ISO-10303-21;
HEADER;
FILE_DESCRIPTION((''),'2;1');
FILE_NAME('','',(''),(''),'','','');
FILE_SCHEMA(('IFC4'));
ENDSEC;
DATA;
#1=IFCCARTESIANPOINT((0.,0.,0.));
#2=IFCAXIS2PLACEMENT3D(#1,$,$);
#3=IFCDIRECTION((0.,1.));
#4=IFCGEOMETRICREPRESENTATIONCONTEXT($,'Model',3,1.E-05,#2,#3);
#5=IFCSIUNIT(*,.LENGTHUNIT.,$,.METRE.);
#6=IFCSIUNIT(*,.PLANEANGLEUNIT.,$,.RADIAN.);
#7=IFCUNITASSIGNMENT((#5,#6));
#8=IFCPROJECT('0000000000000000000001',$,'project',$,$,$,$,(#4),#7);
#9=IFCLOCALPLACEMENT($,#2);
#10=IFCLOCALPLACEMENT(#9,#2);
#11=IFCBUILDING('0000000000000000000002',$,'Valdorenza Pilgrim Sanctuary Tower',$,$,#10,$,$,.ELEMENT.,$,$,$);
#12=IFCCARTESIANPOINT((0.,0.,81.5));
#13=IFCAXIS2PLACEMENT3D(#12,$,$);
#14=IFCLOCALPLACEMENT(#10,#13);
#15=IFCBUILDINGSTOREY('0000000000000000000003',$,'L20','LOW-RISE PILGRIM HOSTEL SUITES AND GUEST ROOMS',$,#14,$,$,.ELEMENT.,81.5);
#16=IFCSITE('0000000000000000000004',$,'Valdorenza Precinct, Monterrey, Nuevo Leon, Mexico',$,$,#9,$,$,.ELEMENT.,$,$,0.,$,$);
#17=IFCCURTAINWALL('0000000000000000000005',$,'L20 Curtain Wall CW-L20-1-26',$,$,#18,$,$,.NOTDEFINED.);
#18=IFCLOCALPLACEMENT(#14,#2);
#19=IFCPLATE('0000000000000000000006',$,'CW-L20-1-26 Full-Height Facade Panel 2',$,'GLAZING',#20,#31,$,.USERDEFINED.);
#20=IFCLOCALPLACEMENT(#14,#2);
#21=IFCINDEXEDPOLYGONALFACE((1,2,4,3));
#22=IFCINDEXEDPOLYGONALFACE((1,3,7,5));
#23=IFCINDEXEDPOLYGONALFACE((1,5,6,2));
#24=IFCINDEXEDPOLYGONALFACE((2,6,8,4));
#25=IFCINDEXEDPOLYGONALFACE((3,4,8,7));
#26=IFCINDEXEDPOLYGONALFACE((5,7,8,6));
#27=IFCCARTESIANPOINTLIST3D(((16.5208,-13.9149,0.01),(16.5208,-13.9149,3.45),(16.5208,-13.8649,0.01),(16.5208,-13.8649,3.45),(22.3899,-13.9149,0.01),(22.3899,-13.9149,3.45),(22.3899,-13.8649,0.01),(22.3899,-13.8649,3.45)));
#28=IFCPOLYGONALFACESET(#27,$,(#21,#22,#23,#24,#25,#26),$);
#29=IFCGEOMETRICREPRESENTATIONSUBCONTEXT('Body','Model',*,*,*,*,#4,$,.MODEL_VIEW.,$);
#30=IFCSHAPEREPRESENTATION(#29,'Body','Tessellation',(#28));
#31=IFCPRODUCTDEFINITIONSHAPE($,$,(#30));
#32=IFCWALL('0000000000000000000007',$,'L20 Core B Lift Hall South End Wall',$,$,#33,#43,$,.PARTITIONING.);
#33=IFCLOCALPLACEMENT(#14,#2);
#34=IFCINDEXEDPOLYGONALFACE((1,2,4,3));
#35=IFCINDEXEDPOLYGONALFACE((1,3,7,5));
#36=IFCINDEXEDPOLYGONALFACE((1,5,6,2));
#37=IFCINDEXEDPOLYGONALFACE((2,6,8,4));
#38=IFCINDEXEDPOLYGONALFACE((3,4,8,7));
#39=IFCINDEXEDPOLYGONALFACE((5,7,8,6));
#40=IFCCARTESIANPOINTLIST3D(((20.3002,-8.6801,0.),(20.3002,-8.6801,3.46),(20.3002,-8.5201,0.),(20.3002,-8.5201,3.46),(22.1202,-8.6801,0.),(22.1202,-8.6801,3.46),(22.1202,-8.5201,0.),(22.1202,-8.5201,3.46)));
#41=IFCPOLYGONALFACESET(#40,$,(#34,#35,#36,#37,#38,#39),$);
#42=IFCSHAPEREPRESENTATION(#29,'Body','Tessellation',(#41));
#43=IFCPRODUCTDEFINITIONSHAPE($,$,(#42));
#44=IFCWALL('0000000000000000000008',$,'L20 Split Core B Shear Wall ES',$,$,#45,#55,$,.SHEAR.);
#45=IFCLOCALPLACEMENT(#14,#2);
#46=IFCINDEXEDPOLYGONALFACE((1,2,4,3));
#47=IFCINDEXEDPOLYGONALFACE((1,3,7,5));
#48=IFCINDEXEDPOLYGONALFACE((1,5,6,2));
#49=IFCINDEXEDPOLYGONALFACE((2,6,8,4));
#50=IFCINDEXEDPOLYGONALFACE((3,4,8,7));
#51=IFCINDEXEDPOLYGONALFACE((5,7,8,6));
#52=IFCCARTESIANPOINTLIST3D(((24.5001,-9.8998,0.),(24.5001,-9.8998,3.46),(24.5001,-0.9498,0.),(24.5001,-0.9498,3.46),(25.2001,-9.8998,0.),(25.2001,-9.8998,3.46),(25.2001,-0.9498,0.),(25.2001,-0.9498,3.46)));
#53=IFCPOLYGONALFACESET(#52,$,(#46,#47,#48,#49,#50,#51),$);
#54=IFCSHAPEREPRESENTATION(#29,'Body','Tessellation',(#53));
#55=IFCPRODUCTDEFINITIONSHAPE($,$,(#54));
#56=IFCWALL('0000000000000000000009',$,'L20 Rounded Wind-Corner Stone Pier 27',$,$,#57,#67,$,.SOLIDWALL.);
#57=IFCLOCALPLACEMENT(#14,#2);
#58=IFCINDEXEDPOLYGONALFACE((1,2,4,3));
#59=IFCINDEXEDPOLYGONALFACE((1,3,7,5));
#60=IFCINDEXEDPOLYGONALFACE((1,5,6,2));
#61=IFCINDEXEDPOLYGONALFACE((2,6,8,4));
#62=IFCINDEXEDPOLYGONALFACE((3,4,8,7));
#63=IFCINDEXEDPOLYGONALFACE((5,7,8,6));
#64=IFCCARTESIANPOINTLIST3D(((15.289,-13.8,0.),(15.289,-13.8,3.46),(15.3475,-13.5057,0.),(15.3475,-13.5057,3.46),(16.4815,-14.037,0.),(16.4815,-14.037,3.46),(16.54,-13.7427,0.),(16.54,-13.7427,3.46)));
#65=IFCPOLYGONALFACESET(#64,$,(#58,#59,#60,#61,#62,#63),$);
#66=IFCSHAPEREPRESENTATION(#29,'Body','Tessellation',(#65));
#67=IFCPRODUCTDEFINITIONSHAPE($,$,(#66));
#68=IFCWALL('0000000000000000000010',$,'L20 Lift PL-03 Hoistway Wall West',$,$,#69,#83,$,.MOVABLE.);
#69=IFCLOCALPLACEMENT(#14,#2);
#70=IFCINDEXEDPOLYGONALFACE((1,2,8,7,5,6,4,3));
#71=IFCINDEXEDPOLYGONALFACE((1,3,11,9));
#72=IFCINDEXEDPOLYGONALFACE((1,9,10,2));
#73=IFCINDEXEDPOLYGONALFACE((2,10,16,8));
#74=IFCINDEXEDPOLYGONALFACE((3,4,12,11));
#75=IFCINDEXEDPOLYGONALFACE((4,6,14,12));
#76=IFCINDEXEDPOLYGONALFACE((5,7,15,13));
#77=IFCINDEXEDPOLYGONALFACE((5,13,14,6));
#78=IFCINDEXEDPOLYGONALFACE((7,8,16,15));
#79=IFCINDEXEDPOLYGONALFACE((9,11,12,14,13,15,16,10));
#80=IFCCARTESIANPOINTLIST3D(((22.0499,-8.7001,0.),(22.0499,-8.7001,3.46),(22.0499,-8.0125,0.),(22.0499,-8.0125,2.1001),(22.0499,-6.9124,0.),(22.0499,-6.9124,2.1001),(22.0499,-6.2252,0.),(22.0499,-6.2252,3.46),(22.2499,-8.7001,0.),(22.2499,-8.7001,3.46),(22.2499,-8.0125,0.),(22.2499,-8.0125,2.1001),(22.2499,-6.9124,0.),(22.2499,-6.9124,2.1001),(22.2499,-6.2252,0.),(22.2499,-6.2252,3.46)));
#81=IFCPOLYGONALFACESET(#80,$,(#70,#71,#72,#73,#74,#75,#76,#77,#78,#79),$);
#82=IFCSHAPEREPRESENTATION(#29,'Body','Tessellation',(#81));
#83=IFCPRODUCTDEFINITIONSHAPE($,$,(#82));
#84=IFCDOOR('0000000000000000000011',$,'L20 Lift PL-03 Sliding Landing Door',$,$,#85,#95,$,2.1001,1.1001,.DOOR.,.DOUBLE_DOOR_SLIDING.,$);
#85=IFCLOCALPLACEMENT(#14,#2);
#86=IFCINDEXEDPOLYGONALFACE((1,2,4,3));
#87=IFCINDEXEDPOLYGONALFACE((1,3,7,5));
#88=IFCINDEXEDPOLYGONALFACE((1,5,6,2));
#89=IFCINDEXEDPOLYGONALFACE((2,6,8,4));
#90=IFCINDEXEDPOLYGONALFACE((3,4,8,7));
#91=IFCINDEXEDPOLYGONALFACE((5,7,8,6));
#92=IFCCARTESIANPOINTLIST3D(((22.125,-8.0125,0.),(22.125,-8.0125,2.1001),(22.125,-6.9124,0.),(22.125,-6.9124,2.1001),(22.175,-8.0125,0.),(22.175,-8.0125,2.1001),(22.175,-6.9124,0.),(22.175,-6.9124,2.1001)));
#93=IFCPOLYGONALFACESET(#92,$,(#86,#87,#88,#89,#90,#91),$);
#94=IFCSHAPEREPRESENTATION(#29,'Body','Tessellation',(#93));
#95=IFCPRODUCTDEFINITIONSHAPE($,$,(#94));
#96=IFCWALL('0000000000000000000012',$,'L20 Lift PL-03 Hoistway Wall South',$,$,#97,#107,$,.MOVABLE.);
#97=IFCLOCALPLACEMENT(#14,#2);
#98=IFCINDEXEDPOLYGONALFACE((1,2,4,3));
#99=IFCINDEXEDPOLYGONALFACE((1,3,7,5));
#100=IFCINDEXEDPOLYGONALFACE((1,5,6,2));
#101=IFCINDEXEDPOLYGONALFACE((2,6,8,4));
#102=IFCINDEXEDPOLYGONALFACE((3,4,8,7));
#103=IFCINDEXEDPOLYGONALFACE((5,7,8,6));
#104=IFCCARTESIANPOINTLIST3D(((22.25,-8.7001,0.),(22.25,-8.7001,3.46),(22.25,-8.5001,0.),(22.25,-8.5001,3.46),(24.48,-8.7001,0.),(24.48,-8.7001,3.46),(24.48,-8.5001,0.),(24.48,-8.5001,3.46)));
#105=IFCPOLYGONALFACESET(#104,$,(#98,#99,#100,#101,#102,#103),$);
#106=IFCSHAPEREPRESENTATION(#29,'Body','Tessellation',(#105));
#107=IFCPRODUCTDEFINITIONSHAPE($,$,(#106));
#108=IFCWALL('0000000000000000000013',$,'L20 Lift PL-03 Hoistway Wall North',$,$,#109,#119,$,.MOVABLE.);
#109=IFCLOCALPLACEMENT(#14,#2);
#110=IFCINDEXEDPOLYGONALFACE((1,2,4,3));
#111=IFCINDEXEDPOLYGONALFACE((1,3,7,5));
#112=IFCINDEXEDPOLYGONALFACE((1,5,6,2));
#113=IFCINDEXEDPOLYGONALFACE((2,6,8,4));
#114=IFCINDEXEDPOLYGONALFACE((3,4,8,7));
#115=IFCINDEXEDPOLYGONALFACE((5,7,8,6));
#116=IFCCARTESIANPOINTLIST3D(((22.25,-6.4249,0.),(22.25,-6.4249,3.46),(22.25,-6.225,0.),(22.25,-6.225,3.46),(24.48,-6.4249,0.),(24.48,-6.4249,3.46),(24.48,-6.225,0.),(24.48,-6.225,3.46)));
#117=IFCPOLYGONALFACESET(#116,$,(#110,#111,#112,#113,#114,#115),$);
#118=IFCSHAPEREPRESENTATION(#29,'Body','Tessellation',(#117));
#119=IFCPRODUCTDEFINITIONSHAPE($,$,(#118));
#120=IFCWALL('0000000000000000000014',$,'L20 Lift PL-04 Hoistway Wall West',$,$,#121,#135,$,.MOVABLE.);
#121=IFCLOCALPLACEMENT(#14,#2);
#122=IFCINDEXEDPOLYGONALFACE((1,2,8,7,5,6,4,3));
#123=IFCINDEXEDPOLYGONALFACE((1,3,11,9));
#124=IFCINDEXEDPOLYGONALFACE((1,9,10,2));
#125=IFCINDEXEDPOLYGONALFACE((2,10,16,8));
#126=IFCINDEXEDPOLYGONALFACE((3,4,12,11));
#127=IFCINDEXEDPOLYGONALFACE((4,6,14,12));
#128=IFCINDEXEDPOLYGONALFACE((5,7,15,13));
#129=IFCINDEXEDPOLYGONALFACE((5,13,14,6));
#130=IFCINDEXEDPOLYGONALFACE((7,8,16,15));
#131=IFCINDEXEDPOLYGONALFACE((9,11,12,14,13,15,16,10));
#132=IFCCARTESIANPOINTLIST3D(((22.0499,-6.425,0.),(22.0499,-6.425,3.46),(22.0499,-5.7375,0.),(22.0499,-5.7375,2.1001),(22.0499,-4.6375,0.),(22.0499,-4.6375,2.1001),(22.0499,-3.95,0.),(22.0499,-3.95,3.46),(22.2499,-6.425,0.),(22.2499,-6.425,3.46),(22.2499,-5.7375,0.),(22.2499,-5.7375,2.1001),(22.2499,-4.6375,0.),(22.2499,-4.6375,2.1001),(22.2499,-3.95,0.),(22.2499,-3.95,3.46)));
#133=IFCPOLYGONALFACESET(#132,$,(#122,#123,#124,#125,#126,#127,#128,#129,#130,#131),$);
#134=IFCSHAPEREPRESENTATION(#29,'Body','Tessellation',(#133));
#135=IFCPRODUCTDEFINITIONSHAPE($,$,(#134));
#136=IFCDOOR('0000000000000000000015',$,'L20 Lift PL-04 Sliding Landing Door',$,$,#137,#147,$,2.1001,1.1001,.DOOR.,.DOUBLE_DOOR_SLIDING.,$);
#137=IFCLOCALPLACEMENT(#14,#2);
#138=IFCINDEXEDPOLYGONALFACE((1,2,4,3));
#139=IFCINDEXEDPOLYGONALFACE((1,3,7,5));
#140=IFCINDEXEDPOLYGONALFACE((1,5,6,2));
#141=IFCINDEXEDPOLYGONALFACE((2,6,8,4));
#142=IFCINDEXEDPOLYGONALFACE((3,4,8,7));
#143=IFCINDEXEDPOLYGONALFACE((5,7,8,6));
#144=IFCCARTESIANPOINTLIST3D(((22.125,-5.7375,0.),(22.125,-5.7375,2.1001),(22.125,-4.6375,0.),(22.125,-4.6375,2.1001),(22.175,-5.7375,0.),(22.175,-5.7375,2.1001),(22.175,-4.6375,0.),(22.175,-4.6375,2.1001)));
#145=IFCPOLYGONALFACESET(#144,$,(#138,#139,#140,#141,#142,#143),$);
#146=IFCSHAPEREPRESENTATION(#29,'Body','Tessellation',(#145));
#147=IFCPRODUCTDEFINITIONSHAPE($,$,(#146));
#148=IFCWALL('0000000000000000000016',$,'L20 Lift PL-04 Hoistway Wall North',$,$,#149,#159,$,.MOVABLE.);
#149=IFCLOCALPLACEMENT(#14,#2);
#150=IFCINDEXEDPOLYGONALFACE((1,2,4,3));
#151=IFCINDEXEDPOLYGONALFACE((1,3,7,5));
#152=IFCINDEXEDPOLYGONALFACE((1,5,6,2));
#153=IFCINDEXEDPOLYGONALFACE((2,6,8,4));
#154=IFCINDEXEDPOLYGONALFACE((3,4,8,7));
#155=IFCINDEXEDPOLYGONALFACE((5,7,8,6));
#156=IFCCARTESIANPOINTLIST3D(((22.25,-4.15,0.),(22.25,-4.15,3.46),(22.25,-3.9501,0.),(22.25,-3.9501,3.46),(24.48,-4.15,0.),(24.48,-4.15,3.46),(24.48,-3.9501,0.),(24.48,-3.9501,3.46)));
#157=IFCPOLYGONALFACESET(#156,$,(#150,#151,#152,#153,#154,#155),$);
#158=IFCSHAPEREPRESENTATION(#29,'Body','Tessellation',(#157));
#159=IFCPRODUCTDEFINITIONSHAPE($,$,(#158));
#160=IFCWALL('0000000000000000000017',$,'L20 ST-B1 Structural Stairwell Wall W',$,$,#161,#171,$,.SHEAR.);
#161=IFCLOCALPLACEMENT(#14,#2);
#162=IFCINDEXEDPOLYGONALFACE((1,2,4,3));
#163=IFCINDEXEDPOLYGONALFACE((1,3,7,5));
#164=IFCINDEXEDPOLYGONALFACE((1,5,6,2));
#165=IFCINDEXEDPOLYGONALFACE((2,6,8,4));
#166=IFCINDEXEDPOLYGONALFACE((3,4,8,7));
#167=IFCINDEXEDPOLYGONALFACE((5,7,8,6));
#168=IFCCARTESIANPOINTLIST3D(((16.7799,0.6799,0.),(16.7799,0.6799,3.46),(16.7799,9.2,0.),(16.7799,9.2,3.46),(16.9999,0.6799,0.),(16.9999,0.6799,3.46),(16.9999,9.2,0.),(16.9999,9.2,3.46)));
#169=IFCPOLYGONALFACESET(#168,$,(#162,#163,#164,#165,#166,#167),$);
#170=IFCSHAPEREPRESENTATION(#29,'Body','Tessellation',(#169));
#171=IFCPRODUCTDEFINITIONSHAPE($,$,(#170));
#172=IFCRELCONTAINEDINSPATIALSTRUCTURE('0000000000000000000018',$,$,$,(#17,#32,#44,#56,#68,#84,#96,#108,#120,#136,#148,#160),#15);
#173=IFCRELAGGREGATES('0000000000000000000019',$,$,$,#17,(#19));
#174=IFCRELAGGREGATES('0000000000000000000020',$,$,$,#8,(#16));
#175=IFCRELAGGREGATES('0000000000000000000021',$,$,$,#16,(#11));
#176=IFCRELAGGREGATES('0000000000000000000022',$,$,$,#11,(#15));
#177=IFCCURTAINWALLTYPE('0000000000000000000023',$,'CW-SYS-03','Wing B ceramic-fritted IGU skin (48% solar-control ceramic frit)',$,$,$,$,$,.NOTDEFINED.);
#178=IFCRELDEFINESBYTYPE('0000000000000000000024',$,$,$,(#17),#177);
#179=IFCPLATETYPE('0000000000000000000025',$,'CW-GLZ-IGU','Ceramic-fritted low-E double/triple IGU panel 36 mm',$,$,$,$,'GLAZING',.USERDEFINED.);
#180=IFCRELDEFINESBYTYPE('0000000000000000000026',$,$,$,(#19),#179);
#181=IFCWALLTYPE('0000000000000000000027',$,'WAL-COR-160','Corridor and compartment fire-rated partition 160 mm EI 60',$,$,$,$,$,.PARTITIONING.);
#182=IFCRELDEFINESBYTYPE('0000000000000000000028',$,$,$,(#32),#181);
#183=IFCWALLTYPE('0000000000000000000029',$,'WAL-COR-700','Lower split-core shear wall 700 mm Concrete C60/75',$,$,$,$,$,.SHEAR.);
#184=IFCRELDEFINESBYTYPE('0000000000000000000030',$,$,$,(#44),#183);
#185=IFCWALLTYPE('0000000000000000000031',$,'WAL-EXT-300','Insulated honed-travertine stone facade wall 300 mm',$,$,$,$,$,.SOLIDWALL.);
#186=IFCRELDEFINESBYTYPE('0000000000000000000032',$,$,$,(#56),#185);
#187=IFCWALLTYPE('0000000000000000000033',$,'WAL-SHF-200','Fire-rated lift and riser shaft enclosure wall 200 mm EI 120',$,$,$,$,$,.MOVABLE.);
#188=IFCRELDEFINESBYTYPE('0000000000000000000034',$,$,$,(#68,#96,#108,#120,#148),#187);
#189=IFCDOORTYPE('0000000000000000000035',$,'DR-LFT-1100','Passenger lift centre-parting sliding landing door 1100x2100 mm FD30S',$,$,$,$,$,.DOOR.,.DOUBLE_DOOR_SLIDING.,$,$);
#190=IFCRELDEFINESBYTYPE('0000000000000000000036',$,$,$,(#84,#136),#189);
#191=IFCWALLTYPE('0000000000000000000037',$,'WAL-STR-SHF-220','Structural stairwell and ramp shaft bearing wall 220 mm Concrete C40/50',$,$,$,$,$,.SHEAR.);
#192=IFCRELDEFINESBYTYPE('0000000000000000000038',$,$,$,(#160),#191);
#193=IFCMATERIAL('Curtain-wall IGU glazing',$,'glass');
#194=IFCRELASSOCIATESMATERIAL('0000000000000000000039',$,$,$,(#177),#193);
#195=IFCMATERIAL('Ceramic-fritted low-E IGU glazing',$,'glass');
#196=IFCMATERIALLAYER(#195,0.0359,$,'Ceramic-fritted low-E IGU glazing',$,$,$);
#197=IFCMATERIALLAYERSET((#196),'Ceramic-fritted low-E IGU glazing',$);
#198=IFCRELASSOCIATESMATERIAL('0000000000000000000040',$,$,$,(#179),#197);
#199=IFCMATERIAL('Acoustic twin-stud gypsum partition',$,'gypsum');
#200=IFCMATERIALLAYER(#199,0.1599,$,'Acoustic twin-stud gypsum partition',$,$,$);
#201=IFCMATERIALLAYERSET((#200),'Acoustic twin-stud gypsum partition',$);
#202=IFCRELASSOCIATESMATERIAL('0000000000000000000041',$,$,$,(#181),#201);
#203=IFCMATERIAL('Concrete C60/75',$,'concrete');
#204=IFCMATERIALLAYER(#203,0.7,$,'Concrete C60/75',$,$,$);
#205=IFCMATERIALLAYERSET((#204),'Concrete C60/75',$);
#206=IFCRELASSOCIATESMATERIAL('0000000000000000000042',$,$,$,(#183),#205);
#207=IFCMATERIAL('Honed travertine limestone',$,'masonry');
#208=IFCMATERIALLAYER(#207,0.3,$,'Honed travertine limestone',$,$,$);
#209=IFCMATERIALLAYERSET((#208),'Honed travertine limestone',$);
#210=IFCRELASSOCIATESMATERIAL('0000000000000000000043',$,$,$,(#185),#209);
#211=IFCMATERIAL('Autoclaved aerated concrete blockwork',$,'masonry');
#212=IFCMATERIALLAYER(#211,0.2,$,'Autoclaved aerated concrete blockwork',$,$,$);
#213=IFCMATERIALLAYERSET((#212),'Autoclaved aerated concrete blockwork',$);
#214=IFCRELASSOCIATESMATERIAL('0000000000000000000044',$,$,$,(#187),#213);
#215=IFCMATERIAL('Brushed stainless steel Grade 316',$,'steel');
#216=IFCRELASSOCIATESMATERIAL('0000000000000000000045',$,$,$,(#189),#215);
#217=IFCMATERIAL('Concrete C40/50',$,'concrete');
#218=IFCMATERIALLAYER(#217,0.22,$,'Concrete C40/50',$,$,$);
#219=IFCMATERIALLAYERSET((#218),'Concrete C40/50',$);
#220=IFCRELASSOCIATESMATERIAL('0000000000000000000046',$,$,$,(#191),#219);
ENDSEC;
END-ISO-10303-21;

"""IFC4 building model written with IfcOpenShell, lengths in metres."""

from ifc_helpers import new_model, si_unit, direction, frame, frame_2d, origin, origin_2d, place, context, subcontext, project, spatial, rectangle, extrude, source, transform, mapped, material, layer, layer_set, type_object, element, fill, aggregate, save


model = new_model("IFC4")

# Units and contexts
model_context = context("Model", 3, precision=1e-05, world=origin(), true_north=direction((0.0, 1.0)))
body_context = subcontext(model_context, "Body", "Model", "MODEL_VIEW")
ifc_project = project(units=[si_unit("LENGTHUNIT", "METRE"), si_unit("PLANEANGLEUNIT", "RADIAN")], contexts=[model_context])

# Site, building, storey
site_placement = place(None, origin())
site = spatial("IfcSite", under=ifc_project, at=site_placement, Name="Valdorenza Precinct, Monterrey, Nuevo Leon, Mexico", CompositionType="ELEMENT", RefElevation=0.0)
building_placement = place(site_placement, origin())
building = spatial("IfcBuilding", under=site, at=building_placement, Name="Valdorenza Pilgrim Sanctuary Tower", CompositionType="ELEMENT")
storey_placement = place(building_placement, frame((0.0, 0.0, 81.5)))
storey = spatial("IfcBuildingStorey", under=building, at=storey_placement, Name="L20", Description="LOW-RISE PILGRIM HOSTEL SUITES AND GUEST ROOMS", CompositionType="ELEMENT", Elevation=81.5)

# Shared definitions
ifc_material_1 = material(Name="Concrete C60/75", Category="concrete")

# Curtain wall, plate
ifc_material_2 = material(Name="Curtain-wall IGU glazing", Category="glass")
curtain_wall_type = type_object("IfcCurtainWallType", Name="CW-SYS-03", Description="Wing B ceramic-fritted IGU skin (48% solar-control ceramic frit)", PredefinedType="NOTDEFINED", material=ifc_material_2)
curtain_wall_placement = place(storey_placement, origin())
curtain_wall = element("IfcCurtainWall", 1, at=curtain_wall_placement, inside=storey, type_object=curtain_wall_type, Name="L20 Curtain Wall CW-L20-1-26", PredefinedType="NOTDEFINED")
ifc_material_3 = material(Name="Ceramic-fritted low-E IGU glazing", Category="glass")
ifc_layer_1 = layer(ifc_material_3, 0.0359, Name="Ceramic-fritted low-E IGU glazing")
ifc_layer_set_1 = layer_set([ifc_layer_1], Name="Ceramic-fritted low-E IGU glazing")
plate_type = type_object("IfcPlateType", Name="CW-GLZ-IGU", Description="Ceramic-fritted low-E double/triple IGU panel 36 mm", ElementType="GLAZING", PredefinedType="USERDEFINED", material=ifc_layer_set_1)
shared_shape_1 = source(origin(), body_context, "Body", "SweptSolid", [
    extrude(rectangle(XDim=5.8691, YDim=0.05, at=origin_2d()), origin(), (0.0, 0.0, 1.0), 3.4399),
])
plate_placement = place(storey_placement, frame((19.4553, -13.8899, 0.01), z_axis=(0.0, 0.0, 1.0), x_axis=(-1.0, 0.0, 0.0)))
plate = element("IfcPlate", 2, at=plate_placement, type_object=plate_type, Name="CW-L20-1-26 Full-Height Facade Panel 2", ObjectType="GLAZING", PredefinedType="USERDEFINED", context=body_context, shape_type="MappedRepresentation", body=[
    mapped(shared_shape_1, transform((0.0, 0.0, 0.0), x_axis=(1.0, 0.0, 0.0), y_axis=(0.0, 1.0, 0.0), z_axis=(0.0, 0.0, 1.0), scale=1.0)),
])
aggregate(curtain_wall, [plate])

# Walls
ifc_material_4 = material(Name="Acoustic twin-stud gypsum partition", Category="gypsum")
ifc_layer_2 = layer(ifc_material_4, 0.1599, Name="Acoustic twin-stud gypsum partition")
ifc_layer_set_2 = layer_set([ifc_layer_2], Name="Acoustic twin-stud gypsum partition")
wall_type_1 = type_object("IfcWallType", Name="WAL-COR-160", Description="Corridor and compartment fire-rated partition 160 mm EI 60", PredefinedType="PARTITIONING", material=ifc_layer_set_2)
wall_1_placement = place(storey_placement, frame((20.3, -8.6001, 0.0), z_axis=(0.0, 0.0, 1.0), x_axis=(1.0, 0.0, 0.0)))
element("IfcWall", 3, at=wall_1_placement, inside=storey, type_object=wall_type_1, Name="L20 Core B Lift Hall South End Wall", PredefinedType="PARTITIONING", context=body_context, shape_type="SweptSolid", body=[
    extrude(rectangle(XDim=1.8201, YDim=0.1599, at=frame_2d((0.9102, 0.0))), origin(), (0.0, 0.0, 1.0), 3.46),
])
ifc_layer_3 = layer(ifc_material_1, 0.7, Name="Concrete C60/75")
ifc_layer_set_3 = layer_set([ifc_layer_3], Name="Concrete C60/75")
wall_type_2 = type_object("IfcWallType", Name="WAL-COR-700", Description="Lower split-core shear wall 700 mm Concrete C60/75", PredefinedType="SHEAR", material=ifc_layer_set_3)
wall_2_placement = place(storey_placement, frame((24.8501, -9.8999, 0.0), z_axis=(0.0, 0.0, 1.0), x_axis=(0.0, 1.0, 0.0)))
element("IfcWall", 4, at=wall_2_placement, inside=storey, type_object=wall_type_2, Name="L20 Split Core B Shear Wall ES", PredefinedType="SHEAR", context=body_context, shape_type="SweptSolid", body=[
    extrude(rectangle(XDim=8.95, YDim=0.7, at=frame_2d((4.4751, 0.0))), origin(), (0.0, 0.0, 1.0), 3.46),
])
ifc_material_5 = material(Name="Honed travertine limestone", Category="masonry")
ifc_layer_4 = layer(ifc_material_5, 0.3, Name="Honed travertine limestone")
ifc_layer_set_4 = layer_set([ifc_layer_4], Name="Honed travertine limestone")
wall_type_3 = type_object("IfcWallType", Name="WAL-EXT-300", Description="Insulated honed-travertine stone facade wall 300 mm", PredefinedType="SOLIDWALL", material=ifc_layer_set_4)
wall_3_placement = place(storey_placement, frame((16.5107, -13.8899, 0.0), z_axis=(0.0, 0.0, 1.0), x_axis=(-0.980804, 0.194996, 0.0)))
element("IfcWall", 5, at=wall_3_placement, inside=storey, type_object=wall_type_3, Name="L20 Rounded Wind-Corner Stone Pier 27", PredefinedType="SOLIDWALL", context=body_context, shape_type="SweptSolid", body=[
    extrude(rectangle(XDim=1.2158, YDim=0.3, at=frame_2d((0.6079, 0.0))), origin(), (0.0, 0.0, 1.0), 3.46),
])

# Wall, opening, door
ifc_material_6 = material(Name="Autoclaved aerated concrete blockwork", Category="masonry")
ifc_layer_5 = layer(ifc_material_6, 0.2, Name="Autoclaved aerated concrete blockwork")
ifc_layer_set_5 = layer_set([ifc_layer_5], Name="Autoclaved aerated concrete blockwork")
wall_type_4 = type_object("IfcWallType", Name="WAL-SHF-200", Description="Fire-rated lift and riser shaft enclosure wall 200 mm EI 120", PredefinedType="MOVABLE", material=ifc_layer_set_5)
wall_4_placement = place(storey_placement, frame((22.1499, -8.7, 0.0), z_axis=(0.0, 0.0, 1.0), x_axis=(0.0, 1.0, 0.0)))
wall_4 = element("IfcWall", 6, at=wall_4_placement, inside=storey, type_object=wall_type_4, Name="L20 Lift PL-03 Hoistway Wall West", PredefinedType="MOVABLE", context=body_context, shape_type="SweptSolid", body=[
    extrude(rectangle(XDim=2.4749, YDim=0.2, at=frame_2d((1.2373, 0.0))), origin(), (0.0, 0.0, 1.0), 3.46),
])
opening_1_placement = place(wall_4_placement, frame((0.6875, 0.0, 0.0)))
opening_1 = element("IfcOpeningElement", 7, at=opening_1_placement, cuts=wall_4, PredefinedType="OPENING", context=body_context, shape_type="SweptSolid", body=[
    extrude(rectangle(XDim=1.1001, YDim=2.1001, at=frame_2d((0.55, 1.05))), frame((0.0, 0.1147, 0.0), z_axis=(0.0, -1.0, 0.0), x_axis=(1.0, 0.0, 0.0)), (0.0, 0.0, 1.0), 0.2297),
])
ifc_material_7 = material(Name="Brushed stainless steel Grade 316", Category="steel")
door_type_1 = type_object("IfcDoorType", Name="DR-LFT-1100", Description="Passenger lift centre-parting sliding landing door 1100x2100 mm FD30S", OperationType="DOUBLE_DOOR_SLIDING", PredefinedType="DOOR", material=ifc_material_7)
door_1_placement = place(opening_1_placement, origin())
door_1 = element("IfcDoor", 8, at=door_1_placement, inside=storey, type_object=door_type_1, Name="L20 Lift PL-03 Sliding Landing Door", OperationType="DOUBLE_DOOR_SLIDING", OverallHeight=2.1001, OverallWidth=1.1001, PredefinedType="DOOR", context=body_context, shape_type="SweptSolid", body=[
    extrude(rectangle(XDim=1.1001, YDim=2.1001, at=frame_2d((0.55, 1.05))), frame((0.0, 0.0249, 0.0), z_axis=(0.0, -1.0, 0.0), x_axis=(1.0, 0.0, 0.0)), (0.0, 0.0, 1.0), 0.05),
])
fill(opening_1, door_1)

# Walls
for number, where, z_axis, x_axis, name in (
    (9, (22.25, -8.6001, 0.0), (0.0, 0.0, 1.0), (1.0, 0.0, 0.0), "L20 Lift PL-03 Hoistway Wall South"),
    (10, (22.25, -6.325, 0.0), (0.0, 0.0, 1.0), (1.0, 0.0, 0.0), "L20 Lift PL-03 Hoistway Wall North"),
):
    element("IfcWall", number, at=place(storey_placement, frame(where, z_axis=z_axis, x_axis=x_axis)), inside=storey, type_object=wall_type_4, Name=name, PredefinedType="MOVABLE", context=body_context, shape_type="SweptSolid", body=[
        extrude(rectangle(XDim=2.23, YDim=0.2, at=frame_2d((1.115, 0.0))), origin(), (0.0, 0.0, 1.0), 3.46),
    ])

# Wall, opening, door
wall_5_placement = place(storey_placement, frame((22.1499, -6.425, 0.0), z_axis=(0.0, 0.0, 1.0), x_axis=(0.0, 1.0, 0.0)))
wall_5 = element("IfcWall", 11, at=wall_5_placement, inside=storey, type_object=wall_type_4, Name="L20 Lift PL-04 Hoistway Wall West", PredefinedType="MOVABLE", context=body_context, shape_type="SweptSolid", body=[
    extrude(rectangle(XDim=2.4751, YDim=0.2, at=frame_2d((1.2375, 0.0))), origin(), (0.0, 0.0, 1.0), 3.46),
])
opening_2_placement = place(wall_5_placement, frame((0.6875, 0.0, 0.0)))
opening_2 = element("IfcOpeningElement", 12, at=opening_2_placement, cuts=wall_5, PredefinedType="OPENING", context=body_context, shape_type="SweptSolid", body=[
    extrude(rectangle(XDim=1.1001, YDim=2.1001, at=frame_2d((0.55, 1.05))), frame((0.0, 0.1147, 0.0), z_axis=(0.0, -1.0, 0.0), x_axis=(1.0, 0.0, 0.0)), (0.0, 0.0, 1.0), 0.2297),
])
door_2_placement = place(opening_2_placement, origin())
door_2 = element("IfcDoor", 13, at=door_2_placement, inside=storey, type_object=door_type_1, Name="L20 Lift PL-04 Sliding Landing Door", OperationType="DOUBLE_DOOR_SLIDING", OverallHeight=2.1001, OverallWidth=1.1001, PredefinedType="DOOR", context=body_context, shape_type="SweptSolid", body=[
    extrude(rectangle(XDim=1.1001, YDim=2.1001, at=frame_2d((0.55, 1.05))), frame((0.0, 0.0249, 0.0), z_axis=(0.0, -1.0, 0.0), x_axis=(1.0, 0.0, 0.0)), (0.0, 0.0, 1.0), 0.05),
])
fill(opening_2, door_2)

# Walls
wall_6_placement = place(storey_placement, frame((22.25, -4.05, 0.0), z_axis=(0.0, 0.0, 1.0), x_axis=(1.0, 0.0, 0.0)))
element("IfcWall", 14, at=wall_6_placement, inside=storey, type_object=wall_type_4, Name="L20 Lift PL-04 Hoistway Wall North", PredefinedType="MOVABLE", context=body_context, shape_type="SweptSolid", body=[
    extrude(rectangle(XDim=2.23, YDim=0.2, at=frame_2d((1.115, 0.0))), origin(), (0.0, 0.0, 1.0), 3.46),
])
ifc_material_8 = material(Name="Concrete C40/50", Category="concrete")
ifc_layer_6 = layer(ifc_material_8, 0.22, Name="Concrete C40/50")
ifc_layer_set_6 = layer_set([ifc_layer_6], Name="Concrete C40/50")
wall_type_5 = type_object("IfcWallType", Name="WAL-STR-SHF-220", Description="Structural stairwell and ramp shaft bearing wall 220 mm Concrete C40/50", PredefinedType="SHEAR", material=ifc_layer_set_6)
for number, where, z_axis, x_axis, name in (
    (15, (16.8899, 0.6799, 0.0), (0.0, 0.0, 1.0), (0.0, 1.0, 0.0), "L20 ST-B1 Structural Stairwell Wall W"),
):
    element("IfcWall", number, at=place(storey_placement, frame(where, z_axis=z_axis, x_axis=x_axis)), inside=storey, type_object=wall_type_5, Name=name, PredefinedType="SHEAR", context=body_context, shape_type="SweptSolid", body=[
        extrude(rectangle(XDim=8.52, YDim=0.22, at=frame_2d((4.26, 0.0))), origin(), (0.0, 0.0, 1.0), 3.46),
    ])

save(model, "model.ifc")
